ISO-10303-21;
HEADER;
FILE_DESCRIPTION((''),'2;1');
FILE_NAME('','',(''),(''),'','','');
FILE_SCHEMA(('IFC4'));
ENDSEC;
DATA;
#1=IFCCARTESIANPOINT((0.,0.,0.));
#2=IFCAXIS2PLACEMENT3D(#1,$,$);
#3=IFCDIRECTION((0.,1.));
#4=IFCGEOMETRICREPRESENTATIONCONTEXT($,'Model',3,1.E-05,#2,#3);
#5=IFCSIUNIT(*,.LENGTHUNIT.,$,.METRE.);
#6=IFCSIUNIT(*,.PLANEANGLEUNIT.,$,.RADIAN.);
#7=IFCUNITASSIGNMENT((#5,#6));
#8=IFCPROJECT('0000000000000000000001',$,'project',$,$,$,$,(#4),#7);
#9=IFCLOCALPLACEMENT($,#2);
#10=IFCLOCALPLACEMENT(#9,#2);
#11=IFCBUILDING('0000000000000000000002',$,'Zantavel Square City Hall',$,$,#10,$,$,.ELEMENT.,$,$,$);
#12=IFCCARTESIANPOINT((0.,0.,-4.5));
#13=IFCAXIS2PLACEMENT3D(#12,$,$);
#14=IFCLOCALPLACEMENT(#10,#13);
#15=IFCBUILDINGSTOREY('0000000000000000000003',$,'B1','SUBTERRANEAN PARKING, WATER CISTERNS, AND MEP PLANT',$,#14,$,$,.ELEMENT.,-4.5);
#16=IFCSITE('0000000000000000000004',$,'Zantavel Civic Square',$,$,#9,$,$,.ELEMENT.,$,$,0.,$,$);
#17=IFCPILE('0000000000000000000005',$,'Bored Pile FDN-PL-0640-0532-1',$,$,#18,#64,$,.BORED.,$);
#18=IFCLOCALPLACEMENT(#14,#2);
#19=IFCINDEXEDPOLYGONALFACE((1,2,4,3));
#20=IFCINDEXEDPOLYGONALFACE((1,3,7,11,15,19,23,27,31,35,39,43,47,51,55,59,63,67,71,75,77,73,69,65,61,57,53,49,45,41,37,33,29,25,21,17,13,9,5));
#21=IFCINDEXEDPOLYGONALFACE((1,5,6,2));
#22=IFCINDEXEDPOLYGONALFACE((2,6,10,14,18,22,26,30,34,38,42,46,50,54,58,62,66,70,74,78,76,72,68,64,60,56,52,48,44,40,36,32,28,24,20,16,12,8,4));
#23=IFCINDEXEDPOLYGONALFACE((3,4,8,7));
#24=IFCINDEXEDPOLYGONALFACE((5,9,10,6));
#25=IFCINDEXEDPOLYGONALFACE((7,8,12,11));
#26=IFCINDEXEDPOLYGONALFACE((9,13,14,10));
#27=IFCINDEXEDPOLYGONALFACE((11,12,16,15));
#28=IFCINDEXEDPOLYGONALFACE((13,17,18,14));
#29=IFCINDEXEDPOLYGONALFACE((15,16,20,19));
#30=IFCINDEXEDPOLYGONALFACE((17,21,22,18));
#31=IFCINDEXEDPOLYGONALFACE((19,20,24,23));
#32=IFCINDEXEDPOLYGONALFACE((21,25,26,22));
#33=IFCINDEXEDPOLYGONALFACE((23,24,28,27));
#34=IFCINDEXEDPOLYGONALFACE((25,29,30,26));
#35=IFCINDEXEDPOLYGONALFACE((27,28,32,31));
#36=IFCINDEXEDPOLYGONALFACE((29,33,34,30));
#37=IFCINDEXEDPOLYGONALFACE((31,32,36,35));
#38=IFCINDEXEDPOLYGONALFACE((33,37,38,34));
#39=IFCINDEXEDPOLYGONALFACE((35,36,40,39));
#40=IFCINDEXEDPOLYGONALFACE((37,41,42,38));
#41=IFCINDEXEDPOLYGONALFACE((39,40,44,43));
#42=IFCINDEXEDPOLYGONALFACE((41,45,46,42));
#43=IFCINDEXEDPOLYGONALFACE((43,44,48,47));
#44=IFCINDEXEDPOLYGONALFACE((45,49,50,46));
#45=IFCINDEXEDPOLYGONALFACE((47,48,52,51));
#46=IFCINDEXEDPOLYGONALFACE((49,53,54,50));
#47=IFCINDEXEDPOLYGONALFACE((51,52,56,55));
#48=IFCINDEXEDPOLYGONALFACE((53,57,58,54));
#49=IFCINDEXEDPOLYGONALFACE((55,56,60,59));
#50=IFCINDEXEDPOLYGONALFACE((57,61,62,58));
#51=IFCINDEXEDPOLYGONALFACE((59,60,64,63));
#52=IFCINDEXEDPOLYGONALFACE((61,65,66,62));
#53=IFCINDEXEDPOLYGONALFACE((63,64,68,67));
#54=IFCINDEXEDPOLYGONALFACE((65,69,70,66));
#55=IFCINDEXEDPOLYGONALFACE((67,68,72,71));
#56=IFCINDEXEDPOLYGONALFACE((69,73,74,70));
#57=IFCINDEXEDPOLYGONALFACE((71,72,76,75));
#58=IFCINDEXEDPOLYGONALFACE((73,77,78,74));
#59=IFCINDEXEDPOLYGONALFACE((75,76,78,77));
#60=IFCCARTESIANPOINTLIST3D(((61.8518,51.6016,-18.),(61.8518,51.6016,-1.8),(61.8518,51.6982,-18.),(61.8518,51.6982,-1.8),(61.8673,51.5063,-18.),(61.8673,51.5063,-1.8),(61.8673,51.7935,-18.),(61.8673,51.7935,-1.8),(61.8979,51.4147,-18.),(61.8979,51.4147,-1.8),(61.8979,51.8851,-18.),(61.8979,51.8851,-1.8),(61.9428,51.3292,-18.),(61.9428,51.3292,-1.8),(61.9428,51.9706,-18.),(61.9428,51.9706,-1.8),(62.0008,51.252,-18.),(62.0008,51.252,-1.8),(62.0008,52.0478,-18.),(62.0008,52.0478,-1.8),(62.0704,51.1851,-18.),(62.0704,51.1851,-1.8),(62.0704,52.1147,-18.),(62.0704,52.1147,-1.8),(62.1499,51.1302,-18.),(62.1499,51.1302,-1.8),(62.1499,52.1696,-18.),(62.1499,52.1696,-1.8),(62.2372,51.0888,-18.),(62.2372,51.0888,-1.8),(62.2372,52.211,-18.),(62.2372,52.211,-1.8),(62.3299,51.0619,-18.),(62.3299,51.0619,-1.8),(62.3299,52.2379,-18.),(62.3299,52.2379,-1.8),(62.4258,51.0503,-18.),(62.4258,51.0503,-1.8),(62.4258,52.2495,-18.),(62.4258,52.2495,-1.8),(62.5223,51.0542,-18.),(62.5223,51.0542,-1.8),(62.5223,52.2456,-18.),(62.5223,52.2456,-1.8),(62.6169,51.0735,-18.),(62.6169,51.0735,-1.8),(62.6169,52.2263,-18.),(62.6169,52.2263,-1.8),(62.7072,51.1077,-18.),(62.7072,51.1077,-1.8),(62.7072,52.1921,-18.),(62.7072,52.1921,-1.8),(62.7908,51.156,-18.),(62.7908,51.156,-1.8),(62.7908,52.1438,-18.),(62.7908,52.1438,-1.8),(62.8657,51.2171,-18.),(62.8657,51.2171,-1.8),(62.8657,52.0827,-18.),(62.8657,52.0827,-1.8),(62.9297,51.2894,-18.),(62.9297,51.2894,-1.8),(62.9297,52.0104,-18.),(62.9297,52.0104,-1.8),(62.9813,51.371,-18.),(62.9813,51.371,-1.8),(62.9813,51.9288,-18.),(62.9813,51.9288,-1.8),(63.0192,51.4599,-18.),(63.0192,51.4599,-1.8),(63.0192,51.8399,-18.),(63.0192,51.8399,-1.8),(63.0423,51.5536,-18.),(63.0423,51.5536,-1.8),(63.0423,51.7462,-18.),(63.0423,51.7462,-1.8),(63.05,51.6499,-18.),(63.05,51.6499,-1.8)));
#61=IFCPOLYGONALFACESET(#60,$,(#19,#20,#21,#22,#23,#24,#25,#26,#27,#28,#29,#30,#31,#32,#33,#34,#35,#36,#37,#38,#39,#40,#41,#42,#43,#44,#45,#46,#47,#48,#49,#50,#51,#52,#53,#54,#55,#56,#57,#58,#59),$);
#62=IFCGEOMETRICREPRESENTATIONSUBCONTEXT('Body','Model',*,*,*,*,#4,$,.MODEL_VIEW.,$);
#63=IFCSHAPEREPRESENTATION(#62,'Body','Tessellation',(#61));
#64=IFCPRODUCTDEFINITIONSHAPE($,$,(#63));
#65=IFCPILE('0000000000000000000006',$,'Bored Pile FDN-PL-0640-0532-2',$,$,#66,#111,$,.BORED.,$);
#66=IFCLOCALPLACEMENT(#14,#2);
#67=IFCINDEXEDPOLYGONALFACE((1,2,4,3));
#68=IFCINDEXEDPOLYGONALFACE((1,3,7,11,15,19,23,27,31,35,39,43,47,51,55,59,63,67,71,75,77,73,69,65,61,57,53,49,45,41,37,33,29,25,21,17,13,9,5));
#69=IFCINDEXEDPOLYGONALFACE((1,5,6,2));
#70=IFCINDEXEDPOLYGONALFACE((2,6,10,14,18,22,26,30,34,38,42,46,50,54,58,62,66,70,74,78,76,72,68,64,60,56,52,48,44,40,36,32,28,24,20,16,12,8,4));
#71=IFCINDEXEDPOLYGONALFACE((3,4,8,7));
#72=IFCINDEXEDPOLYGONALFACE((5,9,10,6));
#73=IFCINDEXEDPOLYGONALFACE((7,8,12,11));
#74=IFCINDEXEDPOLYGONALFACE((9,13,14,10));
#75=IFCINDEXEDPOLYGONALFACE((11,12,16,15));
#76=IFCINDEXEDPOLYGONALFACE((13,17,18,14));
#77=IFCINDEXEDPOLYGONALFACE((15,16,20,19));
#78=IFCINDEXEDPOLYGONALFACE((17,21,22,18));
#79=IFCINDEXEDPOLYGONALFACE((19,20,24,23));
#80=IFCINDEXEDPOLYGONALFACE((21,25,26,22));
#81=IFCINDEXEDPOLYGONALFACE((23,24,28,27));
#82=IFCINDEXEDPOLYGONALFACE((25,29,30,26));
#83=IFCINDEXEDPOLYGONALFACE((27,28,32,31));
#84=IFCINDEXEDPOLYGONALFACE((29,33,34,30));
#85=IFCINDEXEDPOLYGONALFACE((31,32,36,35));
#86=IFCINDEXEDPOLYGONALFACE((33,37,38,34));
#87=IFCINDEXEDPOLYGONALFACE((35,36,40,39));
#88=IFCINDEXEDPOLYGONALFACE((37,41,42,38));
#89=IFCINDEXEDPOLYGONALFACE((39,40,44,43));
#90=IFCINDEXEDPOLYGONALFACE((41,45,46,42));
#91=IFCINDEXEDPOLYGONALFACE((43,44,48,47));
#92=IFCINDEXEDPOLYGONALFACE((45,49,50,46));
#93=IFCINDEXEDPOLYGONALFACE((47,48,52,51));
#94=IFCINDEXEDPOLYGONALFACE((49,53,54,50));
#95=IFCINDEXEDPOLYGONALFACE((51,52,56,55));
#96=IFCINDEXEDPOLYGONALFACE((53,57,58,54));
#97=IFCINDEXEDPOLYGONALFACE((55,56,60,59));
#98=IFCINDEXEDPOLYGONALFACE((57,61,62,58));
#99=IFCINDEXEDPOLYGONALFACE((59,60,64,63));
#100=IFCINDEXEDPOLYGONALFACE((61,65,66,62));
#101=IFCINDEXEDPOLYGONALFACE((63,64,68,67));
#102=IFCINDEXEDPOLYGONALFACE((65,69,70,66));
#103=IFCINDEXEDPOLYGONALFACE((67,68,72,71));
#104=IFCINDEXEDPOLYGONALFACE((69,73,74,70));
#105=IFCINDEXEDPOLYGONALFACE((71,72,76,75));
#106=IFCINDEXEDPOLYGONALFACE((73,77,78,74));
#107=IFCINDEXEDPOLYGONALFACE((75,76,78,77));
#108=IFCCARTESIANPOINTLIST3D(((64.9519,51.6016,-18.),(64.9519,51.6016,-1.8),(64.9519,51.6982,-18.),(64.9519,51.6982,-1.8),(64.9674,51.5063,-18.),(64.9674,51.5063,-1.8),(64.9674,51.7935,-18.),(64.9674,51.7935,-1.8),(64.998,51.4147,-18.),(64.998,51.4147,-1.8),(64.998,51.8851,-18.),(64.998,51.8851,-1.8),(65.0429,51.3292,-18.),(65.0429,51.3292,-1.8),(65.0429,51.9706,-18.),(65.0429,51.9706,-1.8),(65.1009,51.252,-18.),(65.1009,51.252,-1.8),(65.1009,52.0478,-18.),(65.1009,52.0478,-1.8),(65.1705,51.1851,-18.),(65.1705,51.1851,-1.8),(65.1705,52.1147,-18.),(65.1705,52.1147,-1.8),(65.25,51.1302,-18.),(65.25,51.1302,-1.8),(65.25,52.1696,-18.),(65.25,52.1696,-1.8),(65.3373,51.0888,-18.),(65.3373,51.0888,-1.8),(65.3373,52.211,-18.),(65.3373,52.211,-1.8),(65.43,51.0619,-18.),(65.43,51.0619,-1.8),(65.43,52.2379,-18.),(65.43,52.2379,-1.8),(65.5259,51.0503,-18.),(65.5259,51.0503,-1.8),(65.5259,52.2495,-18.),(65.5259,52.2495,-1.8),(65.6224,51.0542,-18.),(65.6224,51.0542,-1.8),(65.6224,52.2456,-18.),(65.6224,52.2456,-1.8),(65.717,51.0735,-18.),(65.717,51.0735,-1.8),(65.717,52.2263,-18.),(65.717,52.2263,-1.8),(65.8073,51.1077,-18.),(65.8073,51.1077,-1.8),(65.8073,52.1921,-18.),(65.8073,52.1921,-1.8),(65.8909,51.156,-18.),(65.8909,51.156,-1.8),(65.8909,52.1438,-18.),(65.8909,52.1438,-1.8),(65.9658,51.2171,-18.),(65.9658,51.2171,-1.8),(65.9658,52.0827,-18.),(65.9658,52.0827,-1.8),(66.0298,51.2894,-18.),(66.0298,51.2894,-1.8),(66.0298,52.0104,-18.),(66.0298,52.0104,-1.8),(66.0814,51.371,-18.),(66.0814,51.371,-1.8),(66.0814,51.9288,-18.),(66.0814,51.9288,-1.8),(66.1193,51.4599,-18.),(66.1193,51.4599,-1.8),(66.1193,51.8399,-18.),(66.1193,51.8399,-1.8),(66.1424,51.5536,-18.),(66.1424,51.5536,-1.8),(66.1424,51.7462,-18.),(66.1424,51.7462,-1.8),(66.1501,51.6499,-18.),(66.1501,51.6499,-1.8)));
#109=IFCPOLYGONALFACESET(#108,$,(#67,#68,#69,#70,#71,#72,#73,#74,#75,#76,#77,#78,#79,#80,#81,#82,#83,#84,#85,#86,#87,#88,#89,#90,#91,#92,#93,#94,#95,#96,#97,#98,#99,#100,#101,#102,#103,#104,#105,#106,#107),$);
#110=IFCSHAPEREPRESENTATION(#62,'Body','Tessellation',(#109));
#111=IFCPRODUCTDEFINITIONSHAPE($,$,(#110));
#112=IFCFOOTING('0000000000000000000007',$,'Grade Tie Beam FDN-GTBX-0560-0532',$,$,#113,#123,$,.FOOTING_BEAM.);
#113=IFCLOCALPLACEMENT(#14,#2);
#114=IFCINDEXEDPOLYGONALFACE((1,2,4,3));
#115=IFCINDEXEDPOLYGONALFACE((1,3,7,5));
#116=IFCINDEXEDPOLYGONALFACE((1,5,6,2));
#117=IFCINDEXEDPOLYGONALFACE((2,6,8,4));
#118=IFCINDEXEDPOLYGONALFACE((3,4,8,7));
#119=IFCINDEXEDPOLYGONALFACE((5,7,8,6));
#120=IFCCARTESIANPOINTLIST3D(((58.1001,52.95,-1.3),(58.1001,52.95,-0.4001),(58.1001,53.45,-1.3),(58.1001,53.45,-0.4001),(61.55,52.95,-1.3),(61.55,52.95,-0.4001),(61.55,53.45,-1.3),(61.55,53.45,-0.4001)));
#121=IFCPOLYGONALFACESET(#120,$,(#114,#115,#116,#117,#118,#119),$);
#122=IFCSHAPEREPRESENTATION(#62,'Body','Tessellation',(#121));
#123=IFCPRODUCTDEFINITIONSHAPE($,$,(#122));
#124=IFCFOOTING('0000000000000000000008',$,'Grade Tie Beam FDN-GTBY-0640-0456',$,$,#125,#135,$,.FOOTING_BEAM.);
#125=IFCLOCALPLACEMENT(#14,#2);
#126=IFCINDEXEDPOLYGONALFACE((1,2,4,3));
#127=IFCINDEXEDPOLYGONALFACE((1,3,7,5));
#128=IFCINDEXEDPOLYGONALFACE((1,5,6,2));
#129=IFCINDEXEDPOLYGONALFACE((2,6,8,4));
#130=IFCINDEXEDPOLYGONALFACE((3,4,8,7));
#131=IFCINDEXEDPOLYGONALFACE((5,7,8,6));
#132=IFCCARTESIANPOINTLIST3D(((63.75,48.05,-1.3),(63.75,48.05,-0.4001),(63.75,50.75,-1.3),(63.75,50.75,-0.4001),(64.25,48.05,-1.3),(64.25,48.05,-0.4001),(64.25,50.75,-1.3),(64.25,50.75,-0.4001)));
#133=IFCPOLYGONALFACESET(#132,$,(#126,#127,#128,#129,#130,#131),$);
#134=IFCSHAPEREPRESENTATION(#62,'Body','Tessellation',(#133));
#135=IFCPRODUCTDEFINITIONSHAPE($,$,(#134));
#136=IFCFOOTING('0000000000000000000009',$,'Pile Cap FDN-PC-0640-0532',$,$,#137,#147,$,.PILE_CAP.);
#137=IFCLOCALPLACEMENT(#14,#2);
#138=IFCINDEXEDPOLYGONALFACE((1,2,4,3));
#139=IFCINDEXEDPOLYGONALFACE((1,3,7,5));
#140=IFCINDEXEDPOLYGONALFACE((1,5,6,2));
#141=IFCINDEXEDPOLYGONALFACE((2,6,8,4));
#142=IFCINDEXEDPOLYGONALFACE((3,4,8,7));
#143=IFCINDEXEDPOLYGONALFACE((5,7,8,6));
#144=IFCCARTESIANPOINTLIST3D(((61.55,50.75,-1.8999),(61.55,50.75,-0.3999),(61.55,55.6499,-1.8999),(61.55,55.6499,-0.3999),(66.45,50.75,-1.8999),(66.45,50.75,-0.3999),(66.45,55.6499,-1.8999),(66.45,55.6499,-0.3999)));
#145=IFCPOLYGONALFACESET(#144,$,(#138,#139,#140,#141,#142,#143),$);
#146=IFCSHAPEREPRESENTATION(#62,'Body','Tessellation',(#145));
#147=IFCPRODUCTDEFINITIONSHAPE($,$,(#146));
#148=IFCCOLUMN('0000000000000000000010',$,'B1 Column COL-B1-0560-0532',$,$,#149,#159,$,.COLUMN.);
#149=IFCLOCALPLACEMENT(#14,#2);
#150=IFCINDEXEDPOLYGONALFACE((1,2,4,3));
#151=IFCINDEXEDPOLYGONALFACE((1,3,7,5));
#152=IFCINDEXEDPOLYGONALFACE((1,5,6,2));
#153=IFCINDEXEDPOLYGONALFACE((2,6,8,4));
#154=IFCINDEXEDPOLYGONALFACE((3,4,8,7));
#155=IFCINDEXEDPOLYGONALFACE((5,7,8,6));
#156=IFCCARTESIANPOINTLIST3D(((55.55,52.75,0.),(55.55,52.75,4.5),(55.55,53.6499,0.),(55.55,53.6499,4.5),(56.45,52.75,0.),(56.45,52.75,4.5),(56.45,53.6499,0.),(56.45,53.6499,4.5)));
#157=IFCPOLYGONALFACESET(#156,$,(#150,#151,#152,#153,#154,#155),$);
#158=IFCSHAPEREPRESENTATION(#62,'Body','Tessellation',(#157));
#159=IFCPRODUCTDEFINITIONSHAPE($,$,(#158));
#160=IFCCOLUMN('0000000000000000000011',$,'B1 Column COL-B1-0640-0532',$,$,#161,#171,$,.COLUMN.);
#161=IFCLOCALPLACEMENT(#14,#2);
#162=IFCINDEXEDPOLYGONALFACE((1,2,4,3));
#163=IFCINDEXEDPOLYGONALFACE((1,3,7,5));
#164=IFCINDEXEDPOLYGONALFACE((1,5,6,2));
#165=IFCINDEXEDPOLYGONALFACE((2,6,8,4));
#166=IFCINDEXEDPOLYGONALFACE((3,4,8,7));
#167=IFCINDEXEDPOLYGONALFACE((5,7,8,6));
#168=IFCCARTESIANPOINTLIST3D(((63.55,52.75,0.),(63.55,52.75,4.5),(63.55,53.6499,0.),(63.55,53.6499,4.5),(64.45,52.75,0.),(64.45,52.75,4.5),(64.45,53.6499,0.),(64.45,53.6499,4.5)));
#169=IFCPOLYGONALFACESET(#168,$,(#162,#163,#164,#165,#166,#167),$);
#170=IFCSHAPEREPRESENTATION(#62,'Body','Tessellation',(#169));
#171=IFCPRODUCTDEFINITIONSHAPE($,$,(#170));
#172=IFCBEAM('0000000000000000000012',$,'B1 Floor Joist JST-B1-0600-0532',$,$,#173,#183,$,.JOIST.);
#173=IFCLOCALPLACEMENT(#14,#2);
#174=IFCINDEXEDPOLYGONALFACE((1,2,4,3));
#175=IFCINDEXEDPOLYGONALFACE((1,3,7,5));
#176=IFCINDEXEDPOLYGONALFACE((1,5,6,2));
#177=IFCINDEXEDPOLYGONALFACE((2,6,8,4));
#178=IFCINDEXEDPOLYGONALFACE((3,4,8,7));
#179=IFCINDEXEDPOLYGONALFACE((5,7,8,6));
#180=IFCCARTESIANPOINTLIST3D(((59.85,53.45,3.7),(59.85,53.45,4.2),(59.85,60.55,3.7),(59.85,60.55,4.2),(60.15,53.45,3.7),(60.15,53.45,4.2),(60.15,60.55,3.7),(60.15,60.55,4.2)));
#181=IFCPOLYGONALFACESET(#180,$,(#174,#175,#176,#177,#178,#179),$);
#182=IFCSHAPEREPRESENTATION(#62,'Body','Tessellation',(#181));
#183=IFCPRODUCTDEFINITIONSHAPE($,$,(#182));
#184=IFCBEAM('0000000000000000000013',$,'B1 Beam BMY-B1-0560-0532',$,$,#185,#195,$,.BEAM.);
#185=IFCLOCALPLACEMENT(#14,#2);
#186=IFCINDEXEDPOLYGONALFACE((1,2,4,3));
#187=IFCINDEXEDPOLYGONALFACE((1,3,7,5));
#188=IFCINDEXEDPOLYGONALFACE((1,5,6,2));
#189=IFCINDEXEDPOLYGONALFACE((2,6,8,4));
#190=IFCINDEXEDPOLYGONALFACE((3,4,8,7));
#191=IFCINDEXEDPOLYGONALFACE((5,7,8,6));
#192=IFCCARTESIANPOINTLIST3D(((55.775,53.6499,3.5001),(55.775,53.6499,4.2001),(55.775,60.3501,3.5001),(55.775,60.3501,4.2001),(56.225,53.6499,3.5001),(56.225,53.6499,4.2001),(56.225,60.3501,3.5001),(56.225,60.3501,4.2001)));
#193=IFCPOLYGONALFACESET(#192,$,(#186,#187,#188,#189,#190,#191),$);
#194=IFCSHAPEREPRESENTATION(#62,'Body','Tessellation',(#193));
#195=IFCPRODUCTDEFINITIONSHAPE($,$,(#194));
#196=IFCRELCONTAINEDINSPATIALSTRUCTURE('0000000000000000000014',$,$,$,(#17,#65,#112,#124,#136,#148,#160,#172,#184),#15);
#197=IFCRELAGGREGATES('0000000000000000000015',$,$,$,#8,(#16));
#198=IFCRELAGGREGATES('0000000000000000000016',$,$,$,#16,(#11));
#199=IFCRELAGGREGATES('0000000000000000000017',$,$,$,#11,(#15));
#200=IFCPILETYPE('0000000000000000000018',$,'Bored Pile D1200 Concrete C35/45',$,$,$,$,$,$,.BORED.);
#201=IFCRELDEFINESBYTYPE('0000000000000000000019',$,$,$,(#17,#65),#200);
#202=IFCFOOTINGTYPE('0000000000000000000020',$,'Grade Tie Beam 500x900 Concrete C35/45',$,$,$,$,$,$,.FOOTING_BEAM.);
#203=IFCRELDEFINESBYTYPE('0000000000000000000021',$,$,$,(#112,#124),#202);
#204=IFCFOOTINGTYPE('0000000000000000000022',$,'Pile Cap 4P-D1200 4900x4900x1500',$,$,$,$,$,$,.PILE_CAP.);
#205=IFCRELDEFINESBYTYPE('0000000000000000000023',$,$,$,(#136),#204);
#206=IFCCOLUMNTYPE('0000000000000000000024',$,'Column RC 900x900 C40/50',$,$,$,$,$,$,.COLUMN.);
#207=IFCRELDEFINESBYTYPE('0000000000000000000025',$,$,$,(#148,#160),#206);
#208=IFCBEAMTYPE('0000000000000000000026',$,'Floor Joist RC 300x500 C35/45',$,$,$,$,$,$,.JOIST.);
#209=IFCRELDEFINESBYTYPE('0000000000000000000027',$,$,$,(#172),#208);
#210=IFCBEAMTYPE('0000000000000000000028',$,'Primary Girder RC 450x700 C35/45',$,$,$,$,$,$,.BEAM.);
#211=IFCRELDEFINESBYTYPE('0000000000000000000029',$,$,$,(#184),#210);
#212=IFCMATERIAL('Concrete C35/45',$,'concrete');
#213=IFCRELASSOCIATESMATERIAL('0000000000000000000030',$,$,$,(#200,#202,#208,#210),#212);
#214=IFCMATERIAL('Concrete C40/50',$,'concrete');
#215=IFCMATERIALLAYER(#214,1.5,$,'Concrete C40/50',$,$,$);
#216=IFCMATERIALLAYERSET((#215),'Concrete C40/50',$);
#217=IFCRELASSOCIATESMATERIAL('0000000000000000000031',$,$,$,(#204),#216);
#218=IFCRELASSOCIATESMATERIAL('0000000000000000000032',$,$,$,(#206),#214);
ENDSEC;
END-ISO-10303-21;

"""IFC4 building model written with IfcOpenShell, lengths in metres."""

from ifc_helpers import new_model, si_unit, direction, frame, origin, origin_2d, place, context, subcontext, project, spatial, rectangle, circle, extrude, material, layer, layer_set, material_profile, profile_set, type_object, element, save


model = new_model("IFC4")

# Units and contexts
model_context = context("Model", 3, precision=1e-05, world=origin(), true_north=direction((0.0, 1.0)))
body_context = subcontext(model_context, "Body", "Model", "MODEL_VIEW")
ifc_project = project(units=[si_unit("LENGTHUNIT", "METRE"), si_unit("PLANEANGLEUNIT", "RADIAN")], contexts=[model_context])

# Site, building, storey
site_placement = place(None, origin())
site = spatial("IfcSite", under=ifc_project, at=site_placement, Name="Zantavel Civic Square", CompositionType="ELEMENT", RefElevation=0.0)
building_placement = place(site_placement, origin())
building = spatial("IfcBuilding", under=site, at=building_placement, Name="Zantavel Square City Hall", CompositionType="ELEMENT")
storey_placement = place(building_placement, frame((0.0, 0.0, -4.5)))
storey = spatial("IfcBuildingStorey", under=building, at=storey_placement, Name="B1", Description="SUBTERRANEAN PARKING, WATER CISTERNS, AND MEP PLANT", CompositionType="ELEMENT", Elevation=-4.5)

# Piles
ifc_material_1 = material(Name="Concrete C35/45", Category="concrete")
ifc_material_profile_1 = material_profile(ifc_material_1, circle(Radius=0.6001, at=origin_2d()), Name="PILE D1200")
ifc_profile_set_1 = profile_set([ifc_material_profile_1], Name="Concrete C35/45")
pile_type_1 = type_object("IfcPileType", Name="Bored Pile D1200 Concrete C35/45", PredefinedType="BORED", material=ifc_profile_set_1)
for number, where, z_axis, x_axis, name in (
    (1, (62.45, 51.6499, -1.8), (0.0, 0.0, -1.0), (1.0, 0.0, 0.0), "Bored Pile FDN-PL-0640-0532-1"),
    (2, (65.55, 51.6499, -1.8), (0.0, 0.0, -1.0), (1.0, 0.0, 0.0), "Bored Pile FDN-PL-0640-0532-2"),
):
    element("IfcPile", number, at=place(storey_placement, frame(where, z_axis=z_axis, x_axis=x_axis)), inside=storey, type_object=pile_type_1, Name=name, PredefinedType="BORED", context=body_context, shape_type="SweptSolid", body=[
        extrude(circle(Radius=0.6001, at=origin_2d()), origin(), (0.0, 0.0, 1.0), 16.2),
    ])

# Footings
ifc_material_profile_2 = material_profile(ifc_material_1, rectangle(XDim=0.5, YDim=0.8999, at=origin_2d()), Name="RC 500x900")
ifc_profile_set_2 = profile_set([ifc_material_profile_2], Name="Concrete C35/45")
footing_type_1 = type_object("IfcFootingType", Name="Grade Tie Beam 500x900 Concrete C35/45", PredefinedType="FOOTING_BEAM", material=ifc_profile_set_2)
footing_1_placement = place(storey_placement, frame((58.1001, 53.2, -0.8501), z_axis=(1.0, 0.0, 0.0), x_axis=(0.0, 1.0, 0.0)))
element("IfcFooting", 3, at=footing_1_placement, inside=storey, type_object=footing_type_1, Name="Grade Tie Beam FDN-GTBX-0560-0532", PredefinedType="FOOTING_BEAM", context=body_context, shape_type="SweptSolid", body=[
    extrude(rectangle(XDim=0.5, YDim=0.8999, at=origin_2d()), origin(), (0.0, 0.0, 1.0), 3.45),
])
footing_2_placement = place(storey_placement, frame((64.0, 48.05, -0.8501), z_axis=(0.0, 1.0, 0.0), x_axis=(-1.0, 0.0, 0.0)))
element("IfcFooting", 4, at=footing_2_placement, inside=storey, type_object=footing_type_1, Name="Grade Tie Beam FDN-GTBY-0640-0456", PredefinedType="FOOTING_BEAM", context=body_context, shape_type="SweptSolid", body=[
    extrude(rectangle(XDim=0.5, YDim=0.8999, at=origin_2d()), origin(), (0.0, 0.0, 1.0), 2.7),
])
ifc_material_2 = material(Name="Concrete C40/50", Category="concrete")
ifc_layer_1 = layer(ifc_material_2, 1.5, Name="Concrete C40/50")
ifc_layer_set_1 = layer_set([ifc_layer_1], Name="Concrete C40/50")
footing_type_2 = type_object("IfcFootingType", Name="Pile Cap 4P-D1200 4900x4900x1500", PredefinedType="PILE_CAP", material=ifc_layer_set_1)
footing_3_placement = place(storey_placement, frame((64.0, 53.2, -1.8999), z_axis=(0.0, 0.0, 1.0), x_axis=(1.0, 0.0, 0.0)))
element("IfcFooting", 5, at=footing_3_placement, inside=storey, type_object=footing_type_2, Name="Pile Cap FDN-PC-0640-0532", PredefinedType="PILE_CAP", context=body_context, shape_type="SweptSolid", body=[
    extrude(rectangle(XDim=4.8999, YDim=4.8999, at=origin_2d()), origin(), (0.0, 0.0, 1.0), 1.5),
])

# Columns
ifc_material_profile_3 = material_profile(ifc_material_2, rectangle(XDim=0.8999, YDim=0.8999, at=origin_2d()), Name="RC 900x900")
ifc_profile_set_3 = profile_set([ifc_material_profile_3], Name="Concrete C40/50")
column_type = type_object("IfcColumnType", Name="Column RC 900x900 C40/50", PredefinedType="COLUMN", material=ifc_profile_set_3)
for number, where, z_axis, x_axis, name in (
    (6, (56.0, 53.2, 0.0), (0.0, 0.0, 1.0), (1.0, 0.0, 0.0), "B1 Column COL-B1-0560-0532"),
    (7, (64.0, 53.2, 0.0), (0.0, 0.0, 1.0), (1.0, 0.0, 0.0), "B1 Column COL-B1-0640-0532"),
):
    element("IfcColumn", number, at=place(storey_placement, frame(where, z_axis=z_axis, x_axis=x_axis)), inside=storey, type_object=column_type, Name=name, PredefinedType="COLUMN", context=body_context, shape_type="SweptSolid", body=[
        extrude(rectangle(XDim=0.8999, YDim=0.8999, at=origin_2d()), origin(), (0.0, 0.0, 1.0), 4.5),
    ])

# Beams
ifc_material_profile_4 = material_profile(ifc_material_1, rectangle(XDim=0.3, YDim=0.5, at=origin_2d()), Name="RC 300x500")
ifc_profile_set_4 = profile_set([ifc_material_profile_4], Name="Concrete C35/45")
beam_type_1 = type_object("IfcBeamType", Name="Floor Joist RC 300x500 C35/45", PredefinedType="JOIST", material=ifc_profile_set_4)
beam_1_placement = place(storey_placement, frame((60.0, 53.45, 3.95), z_axis=(0.0, 1.0, 0.0), x_axis=(-1.0, 0.0, 0.0)))
element("IfcBeam", 8, at=beam_1_placement, inside=storey, type_object=beam_type_1, Name="B1 Floor Joist JST-B1-0600-0532", PredefinedType="JOIST", context=body_context, shape_type="SweptSolid", body=[
    extrude(rectangle(XDim=0.3, YDim=0.5, at=origin_2d()), origin(), (0.0, 0.0, 1.0), 7.1001),
])
ifc_material_profile_5 = material_profile(ifc_material_1, rectangle(XDim=0.45, YDim=0.7, at=origin_2d()), Name="RC 450x700")
ifc_profile_set_5 = profile_set([ifc_material_profile_5], Name="Concrete C35/45")
beam_type_2 = type_object("IfcBeamType", Name="Primary Girder RC 450x700 C35/45", PredefinedType="BEAM", material=ifc_profile_set_5)
beam_2_placement = place(storey_placement, frame((56.0, 53.6499, 3.8501), z_axis=(0.0, 1.0, 0.0), x_axis=(-1.0, 0.0, 0.0)))
element("IfcBeam", 9, at=beam_2_placement, inside=storey, type_object=beam_type_2, Name="B1 Beam BMY-B1-0560-0532", PredefinedType="BEAM", context=body_context, shape_type="SweptSolid", body=[
    extrude(rectangle(XDim=0.45, YDim=0.7, at=origin_2d()), origin(), (0.0, 0.0, 1.0), 6.7002),
])

save(model, "model.ifc")
